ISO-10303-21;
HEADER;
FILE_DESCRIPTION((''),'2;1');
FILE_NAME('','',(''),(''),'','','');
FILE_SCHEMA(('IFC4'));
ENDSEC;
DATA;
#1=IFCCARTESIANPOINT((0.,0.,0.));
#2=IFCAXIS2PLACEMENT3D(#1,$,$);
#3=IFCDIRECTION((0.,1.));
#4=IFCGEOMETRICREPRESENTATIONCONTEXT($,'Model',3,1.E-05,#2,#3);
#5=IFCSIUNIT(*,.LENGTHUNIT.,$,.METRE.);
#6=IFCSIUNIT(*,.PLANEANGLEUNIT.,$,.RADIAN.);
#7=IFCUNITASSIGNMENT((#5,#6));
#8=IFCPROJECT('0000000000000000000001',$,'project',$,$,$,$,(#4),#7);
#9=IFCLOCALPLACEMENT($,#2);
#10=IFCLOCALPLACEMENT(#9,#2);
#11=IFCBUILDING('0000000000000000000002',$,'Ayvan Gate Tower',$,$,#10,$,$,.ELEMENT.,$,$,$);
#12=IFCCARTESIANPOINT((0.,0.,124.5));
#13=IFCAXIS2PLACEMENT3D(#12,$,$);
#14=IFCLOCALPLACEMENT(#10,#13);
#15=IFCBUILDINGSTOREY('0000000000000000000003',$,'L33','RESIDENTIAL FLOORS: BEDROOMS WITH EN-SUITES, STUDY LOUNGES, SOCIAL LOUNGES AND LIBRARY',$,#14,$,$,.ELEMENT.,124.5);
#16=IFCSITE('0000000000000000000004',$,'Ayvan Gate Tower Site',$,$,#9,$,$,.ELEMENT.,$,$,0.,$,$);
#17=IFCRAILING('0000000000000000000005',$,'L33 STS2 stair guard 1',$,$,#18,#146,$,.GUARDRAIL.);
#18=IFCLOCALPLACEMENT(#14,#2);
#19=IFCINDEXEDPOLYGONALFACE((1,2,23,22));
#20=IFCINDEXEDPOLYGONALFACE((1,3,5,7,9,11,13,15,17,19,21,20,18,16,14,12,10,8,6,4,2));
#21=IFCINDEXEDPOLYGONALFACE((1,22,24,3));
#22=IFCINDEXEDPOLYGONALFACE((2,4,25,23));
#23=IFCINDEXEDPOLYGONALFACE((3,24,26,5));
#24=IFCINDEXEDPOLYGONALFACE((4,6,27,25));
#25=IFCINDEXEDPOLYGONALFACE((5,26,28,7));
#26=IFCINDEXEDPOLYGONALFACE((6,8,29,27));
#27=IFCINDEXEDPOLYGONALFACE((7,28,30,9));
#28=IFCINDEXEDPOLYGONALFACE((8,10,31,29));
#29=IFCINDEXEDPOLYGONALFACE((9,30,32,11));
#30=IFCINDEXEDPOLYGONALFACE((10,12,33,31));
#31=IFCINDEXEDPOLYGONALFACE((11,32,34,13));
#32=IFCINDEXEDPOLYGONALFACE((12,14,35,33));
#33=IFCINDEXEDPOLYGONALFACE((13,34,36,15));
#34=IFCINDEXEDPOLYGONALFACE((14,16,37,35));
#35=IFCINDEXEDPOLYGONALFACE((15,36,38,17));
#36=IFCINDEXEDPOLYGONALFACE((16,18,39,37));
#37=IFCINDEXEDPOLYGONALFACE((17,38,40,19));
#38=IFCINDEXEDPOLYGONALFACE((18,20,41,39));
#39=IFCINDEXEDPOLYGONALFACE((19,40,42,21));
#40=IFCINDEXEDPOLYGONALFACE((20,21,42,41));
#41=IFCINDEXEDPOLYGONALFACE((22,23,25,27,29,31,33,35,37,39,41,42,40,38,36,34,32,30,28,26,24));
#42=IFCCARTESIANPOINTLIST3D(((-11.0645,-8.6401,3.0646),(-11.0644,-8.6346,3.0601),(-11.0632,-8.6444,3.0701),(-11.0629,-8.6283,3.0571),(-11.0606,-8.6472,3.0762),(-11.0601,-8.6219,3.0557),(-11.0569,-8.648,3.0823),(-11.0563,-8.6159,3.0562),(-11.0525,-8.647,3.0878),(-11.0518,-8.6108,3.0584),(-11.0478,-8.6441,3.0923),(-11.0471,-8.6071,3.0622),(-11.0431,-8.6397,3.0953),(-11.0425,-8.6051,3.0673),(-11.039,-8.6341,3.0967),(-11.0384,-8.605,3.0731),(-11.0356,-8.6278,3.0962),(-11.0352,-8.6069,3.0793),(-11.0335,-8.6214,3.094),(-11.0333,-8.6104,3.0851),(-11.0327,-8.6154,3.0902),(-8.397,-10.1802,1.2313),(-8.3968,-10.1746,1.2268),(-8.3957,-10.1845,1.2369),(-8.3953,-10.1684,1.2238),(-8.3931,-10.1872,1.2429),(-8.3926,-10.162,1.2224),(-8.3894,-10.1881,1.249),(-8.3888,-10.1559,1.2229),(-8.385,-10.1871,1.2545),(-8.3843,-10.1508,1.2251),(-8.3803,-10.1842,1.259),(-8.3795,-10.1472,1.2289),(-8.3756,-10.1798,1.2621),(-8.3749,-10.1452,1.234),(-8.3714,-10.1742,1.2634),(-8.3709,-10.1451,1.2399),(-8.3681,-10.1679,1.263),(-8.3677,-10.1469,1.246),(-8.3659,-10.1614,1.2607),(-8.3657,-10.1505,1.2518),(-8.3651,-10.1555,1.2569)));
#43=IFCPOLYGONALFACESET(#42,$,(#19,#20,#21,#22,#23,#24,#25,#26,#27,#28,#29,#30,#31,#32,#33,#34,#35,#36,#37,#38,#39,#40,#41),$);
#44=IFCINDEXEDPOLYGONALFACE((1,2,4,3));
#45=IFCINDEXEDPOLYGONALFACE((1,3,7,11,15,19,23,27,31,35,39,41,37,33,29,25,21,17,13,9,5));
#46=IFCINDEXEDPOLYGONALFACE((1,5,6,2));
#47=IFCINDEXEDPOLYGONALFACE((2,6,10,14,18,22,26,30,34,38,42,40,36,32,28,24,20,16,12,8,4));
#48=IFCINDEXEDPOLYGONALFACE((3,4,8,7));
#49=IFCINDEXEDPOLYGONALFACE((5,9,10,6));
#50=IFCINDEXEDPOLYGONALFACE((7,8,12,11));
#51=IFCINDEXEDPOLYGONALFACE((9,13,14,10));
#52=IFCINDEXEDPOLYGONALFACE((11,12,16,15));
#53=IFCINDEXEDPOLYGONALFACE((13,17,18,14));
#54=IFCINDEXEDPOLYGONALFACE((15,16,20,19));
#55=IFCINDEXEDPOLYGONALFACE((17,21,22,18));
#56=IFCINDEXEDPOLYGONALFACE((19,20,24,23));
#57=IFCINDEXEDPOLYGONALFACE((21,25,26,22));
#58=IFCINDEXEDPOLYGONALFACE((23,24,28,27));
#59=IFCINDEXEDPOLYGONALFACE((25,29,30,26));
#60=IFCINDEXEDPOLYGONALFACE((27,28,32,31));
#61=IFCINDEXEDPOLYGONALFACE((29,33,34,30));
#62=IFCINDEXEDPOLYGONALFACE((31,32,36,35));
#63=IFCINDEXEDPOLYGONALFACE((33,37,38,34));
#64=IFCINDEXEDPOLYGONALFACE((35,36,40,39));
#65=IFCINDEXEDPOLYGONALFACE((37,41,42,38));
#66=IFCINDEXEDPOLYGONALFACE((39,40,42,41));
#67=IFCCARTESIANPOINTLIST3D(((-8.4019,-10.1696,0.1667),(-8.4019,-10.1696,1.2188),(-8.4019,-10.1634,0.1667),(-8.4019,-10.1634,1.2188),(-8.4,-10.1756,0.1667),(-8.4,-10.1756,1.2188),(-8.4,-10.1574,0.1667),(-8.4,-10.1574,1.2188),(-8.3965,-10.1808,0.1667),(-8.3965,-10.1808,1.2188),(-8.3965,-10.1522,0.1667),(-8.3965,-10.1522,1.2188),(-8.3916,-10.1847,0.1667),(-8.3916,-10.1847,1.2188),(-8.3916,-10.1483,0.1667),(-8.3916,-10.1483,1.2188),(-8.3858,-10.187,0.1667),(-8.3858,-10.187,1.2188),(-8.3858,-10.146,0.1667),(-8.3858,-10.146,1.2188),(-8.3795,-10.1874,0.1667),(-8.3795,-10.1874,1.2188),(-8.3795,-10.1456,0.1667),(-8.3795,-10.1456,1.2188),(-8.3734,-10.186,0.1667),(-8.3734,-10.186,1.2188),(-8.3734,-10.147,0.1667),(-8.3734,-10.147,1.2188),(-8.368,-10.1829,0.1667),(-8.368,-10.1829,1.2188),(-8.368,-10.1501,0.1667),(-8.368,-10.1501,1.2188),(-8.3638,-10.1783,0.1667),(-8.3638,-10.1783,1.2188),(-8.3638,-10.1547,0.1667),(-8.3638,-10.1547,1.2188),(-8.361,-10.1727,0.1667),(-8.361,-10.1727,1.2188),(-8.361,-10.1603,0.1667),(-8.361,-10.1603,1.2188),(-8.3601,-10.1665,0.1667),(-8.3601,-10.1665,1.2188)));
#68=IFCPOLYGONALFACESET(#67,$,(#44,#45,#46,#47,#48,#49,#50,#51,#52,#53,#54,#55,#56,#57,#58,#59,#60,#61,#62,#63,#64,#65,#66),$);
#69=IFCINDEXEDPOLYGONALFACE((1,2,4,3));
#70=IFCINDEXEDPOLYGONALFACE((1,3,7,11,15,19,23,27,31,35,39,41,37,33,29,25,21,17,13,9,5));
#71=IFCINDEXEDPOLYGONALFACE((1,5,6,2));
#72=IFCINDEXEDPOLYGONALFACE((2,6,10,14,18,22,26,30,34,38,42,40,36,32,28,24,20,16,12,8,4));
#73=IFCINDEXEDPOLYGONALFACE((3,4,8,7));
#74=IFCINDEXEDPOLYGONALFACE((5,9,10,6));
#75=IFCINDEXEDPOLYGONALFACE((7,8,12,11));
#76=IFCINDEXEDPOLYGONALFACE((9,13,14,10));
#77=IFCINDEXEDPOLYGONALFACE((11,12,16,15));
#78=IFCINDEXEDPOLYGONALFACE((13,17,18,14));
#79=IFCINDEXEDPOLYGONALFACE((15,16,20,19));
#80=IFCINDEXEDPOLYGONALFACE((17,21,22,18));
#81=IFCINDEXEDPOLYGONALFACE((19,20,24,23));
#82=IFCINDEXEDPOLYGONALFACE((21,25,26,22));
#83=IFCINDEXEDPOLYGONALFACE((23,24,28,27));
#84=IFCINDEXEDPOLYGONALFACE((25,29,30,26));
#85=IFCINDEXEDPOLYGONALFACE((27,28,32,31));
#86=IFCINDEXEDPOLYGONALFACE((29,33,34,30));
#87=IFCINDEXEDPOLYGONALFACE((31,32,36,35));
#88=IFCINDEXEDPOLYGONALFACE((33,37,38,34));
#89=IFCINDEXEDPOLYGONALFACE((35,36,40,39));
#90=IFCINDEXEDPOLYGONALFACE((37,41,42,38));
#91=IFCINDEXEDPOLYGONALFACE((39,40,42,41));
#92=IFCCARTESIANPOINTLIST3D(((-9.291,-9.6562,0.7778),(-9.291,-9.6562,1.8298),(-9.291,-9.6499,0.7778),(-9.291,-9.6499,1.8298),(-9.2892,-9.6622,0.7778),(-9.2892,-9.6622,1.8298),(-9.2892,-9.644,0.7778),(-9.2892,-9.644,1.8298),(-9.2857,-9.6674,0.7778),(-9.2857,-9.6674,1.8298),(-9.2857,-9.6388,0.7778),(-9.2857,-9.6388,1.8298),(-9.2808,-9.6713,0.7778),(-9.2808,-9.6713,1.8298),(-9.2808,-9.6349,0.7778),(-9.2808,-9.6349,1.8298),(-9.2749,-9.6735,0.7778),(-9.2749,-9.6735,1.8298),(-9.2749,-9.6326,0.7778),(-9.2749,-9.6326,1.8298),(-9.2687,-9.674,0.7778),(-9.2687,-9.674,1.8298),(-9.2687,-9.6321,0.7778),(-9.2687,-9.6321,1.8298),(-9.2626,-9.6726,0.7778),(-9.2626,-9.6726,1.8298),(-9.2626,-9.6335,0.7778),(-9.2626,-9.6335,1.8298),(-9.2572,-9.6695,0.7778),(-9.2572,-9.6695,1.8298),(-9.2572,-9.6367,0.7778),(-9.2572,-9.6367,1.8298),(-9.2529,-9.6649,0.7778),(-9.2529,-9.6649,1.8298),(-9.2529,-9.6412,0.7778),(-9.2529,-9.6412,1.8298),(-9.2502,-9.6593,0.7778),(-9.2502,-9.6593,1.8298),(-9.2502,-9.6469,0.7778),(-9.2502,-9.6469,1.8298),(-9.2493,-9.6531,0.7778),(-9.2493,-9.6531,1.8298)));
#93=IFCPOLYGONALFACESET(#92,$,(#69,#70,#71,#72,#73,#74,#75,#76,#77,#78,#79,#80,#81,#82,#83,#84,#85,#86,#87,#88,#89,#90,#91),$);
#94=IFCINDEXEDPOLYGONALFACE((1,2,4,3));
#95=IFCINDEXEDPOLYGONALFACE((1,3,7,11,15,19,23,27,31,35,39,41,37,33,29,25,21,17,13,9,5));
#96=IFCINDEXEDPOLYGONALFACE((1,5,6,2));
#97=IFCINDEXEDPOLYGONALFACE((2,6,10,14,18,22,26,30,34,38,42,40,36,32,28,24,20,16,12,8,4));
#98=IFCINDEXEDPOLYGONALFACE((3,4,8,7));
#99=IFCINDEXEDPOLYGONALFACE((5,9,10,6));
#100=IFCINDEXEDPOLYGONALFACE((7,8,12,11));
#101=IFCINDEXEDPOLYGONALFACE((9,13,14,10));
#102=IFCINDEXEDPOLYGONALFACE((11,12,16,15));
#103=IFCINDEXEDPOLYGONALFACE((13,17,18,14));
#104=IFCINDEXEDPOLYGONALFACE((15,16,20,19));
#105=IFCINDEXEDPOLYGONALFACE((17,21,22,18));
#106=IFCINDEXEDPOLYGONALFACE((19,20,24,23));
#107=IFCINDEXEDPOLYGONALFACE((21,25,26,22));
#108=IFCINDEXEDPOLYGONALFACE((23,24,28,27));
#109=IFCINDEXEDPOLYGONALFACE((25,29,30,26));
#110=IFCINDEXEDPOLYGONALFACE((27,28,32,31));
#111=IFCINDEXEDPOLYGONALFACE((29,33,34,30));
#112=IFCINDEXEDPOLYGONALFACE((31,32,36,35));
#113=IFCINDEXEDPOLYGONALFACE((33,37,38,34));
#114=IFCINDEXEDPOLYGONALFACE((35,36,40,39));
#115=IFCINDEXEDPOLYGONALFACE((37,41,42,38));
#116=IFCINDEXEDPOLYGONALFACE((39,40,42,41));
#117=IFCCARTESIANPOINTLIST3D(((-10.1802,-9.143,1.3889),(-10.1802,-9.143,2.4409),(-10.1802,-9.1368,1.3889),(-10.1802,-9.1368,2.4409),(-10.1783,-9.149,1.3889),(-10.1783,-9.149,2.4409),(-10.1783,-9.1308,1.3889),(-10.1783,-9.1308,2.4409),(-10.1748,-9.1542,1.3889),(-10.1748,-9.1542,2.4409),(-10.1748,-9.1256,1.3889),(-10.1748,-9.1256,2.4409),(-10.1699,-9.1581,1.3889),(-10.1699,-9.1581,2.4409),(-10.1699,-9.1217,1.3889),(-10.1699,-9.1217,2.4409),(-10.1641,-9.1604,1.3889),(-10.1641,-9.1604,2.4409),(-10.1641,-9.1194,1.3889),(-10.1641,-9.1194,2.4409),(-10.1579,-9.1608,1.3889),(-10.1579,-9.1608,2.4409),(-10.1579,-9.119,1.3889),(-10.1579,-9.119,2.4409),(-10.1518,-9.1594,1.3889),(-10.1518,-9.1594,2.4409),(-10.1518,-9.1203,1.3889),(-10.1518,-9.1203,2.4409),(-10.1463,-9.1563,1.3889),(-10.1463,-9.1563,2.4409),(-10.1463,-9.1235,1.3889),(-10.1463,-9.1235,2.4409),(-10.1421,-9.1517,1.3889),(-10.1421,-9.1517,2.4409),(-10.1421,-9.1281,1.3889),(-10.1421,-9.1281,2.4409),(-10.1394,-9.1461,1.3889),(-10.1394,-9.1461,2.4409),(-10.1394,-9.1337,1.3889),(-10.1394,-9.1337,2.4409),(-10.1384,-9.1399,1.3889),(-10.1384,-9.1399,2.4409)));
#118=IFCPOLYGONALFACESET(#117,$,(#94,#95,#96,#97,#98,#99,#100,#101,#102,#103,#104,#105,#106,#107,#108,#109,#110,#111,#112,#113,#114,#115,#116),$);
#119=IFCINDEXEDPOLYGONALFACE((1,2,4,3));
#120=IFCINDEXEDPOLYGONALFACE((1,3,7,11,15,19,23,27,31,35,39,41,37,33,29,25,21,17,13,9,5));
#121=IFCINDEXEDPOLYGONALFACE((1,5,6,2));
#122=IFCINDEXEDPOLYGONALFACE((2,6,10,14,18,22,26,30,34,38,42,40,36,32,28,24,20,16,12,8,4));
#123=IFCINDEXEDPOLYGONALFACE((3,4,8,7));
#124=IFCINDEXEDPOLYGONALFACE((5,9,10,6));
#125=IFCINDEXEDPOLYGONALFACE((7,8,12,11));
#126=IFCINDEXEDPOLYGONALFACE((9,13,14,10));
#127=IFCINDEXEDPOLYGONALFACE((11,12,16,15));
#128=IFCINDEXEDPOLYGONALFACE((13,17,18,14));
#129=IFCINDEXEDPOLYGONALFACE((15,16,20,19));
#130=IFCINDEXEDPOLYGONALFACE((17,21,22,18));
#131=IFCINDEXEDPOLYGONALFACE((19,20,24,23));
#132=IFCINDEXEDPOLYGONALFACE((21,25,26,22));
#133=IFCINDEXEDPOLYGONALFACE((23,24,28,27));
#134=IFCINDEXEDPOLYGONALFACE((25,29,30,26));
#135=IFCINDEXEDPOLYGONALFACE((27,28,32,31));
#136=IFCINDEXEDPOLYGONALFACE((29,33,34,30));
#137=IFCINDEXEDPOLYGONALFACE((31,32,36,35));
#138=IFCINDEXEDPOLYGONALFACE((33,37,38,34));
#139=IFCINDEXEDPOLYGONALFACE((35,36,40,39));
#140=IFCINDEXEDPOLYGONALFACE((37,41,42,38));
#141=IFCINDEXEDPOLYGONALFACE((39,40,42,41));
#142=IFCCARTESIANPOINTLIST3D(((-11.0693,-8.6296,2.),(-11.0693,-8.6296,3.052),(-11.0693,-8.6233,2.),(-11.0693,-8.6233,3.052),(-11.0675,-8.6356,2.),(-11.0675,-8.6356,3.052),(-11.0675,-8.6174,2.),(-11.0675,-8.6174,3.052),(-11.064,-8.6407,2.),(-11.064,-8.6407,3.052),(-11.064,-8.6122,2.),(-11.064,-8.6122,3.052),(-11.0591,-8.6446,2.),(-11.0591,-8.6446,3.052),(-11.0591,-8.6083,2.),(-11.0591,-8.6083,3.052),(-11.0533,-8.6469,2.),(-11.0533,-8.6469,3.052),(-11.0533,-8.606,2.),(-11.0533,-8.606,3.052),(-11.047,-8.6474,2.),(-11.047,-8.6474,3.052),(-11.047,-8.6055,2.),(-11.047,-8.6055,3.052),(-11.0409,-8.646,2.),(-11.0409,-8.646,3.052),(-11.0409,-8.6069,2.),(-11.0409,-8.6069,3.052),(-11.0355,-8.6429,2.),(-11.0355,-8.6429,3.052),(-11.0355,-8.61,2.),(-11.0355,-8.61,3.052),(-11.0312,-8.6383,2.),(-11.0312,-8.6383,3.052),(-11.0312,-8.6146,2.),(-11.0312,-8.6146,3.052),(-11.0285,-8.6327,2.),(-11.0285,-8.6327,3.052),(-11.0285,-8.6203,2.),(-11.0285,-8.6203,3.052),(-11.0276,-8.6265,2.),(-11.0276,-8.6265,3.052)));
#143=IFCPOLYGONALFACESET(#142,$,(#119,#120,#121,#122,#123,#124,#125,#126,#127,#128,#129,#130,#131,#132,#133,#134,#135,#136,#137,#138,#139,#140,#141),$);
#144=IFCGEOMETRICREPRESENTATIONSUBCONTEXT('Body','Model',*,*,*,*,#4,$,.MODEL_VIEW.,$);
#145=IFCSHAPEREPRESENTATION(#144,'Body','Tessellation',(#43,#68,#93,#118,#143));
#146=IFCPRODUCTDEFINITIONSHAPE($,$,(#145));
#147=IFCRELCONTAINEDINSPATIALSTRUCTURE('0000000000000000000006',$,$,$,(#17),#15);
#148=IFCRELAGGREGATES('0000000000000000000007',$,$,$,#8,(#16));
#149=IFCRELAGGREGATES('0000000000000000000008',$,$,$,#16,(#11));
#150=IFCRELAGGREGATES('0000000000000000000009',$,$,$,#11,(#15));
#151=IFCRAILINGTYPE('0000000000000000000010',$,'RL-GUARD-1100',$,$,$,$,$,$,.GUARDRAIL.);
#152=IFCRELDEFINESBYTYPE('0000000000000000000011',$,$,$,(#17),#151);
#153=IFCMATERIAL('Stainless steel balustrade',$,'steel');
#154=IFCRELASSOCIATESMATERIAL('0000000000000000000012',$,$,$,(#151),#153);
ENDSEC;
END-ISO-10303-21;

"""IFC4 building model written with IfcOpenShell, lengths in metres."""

from ifc_helpers import new_model, si_unit, direction, frame, origin, origin_2d, place, context, subcontext, project, spatial, circle, extrude, material, type_object, element, save


model = new_model("IFC4")

# Units and contexts
model_context = context("Model", 3, precision=1e-05, world=origin(), true_north=direction((0.0, 1.0)))
body_context = subcontext(model_context, "Body", "Model", "MODEL_VIEW")
ifc_project = project(units=[si_unit("LENGTHUNIT", "METRE"), si_unit("PLANEANGLEUNIT", "RADIAN")], contexts=[model_context])

# Site, building, storey
site_placement = place(None, origin())
site = spatial("IfcSite", under=ifc_project, at=site_placement, Name="Ayvan Gate Tower Site", CompositionType="ELEMENT", RefElevation=0.0)
building_placement = place(site_placement, origin())
building = spatial("IfcBuilding", under=site, at=building_placement, Name="Ayvan Gate Tower", CompositionType="ELEMENT")
storey_placement = place(building_placement, frame((0.0, 0.0, 124.5)))
storey = spatial("IfcBuildingStorey", under=building, at=storey_placement, Name="L33", Description="RESIDENTIAL FLOORS: BEDROOMS WITH EN-SUITES, STUDY LOUNGES, SOCIAL LOUNGES AND LIBRARY", CompositionType="ELEMENT", Elevation=124.5)

# Railing
ifc_material_1 = material(Name="Stainless steel balustrade", Category="steel")
railing_type_1 = type_object("IfcRailingType", Name="RL-GUARD-1100", PredefinedType="GUARDRAIL", material=ifc_material_1)
railing_1_placement = place(storey_placement, frame((-8.3811, -10.1665, 0.1667)))
element("IfcRailing", 1, at=railing_1_placement, inside=storey, type_object=railing_type_1, Name="L33 STS2 stair guard 1", PredefinedType="GUARDRAIL", context=body_context, shape_type="SweptSolid", body=[
    extrude(circle(Radius=0.0239, at=origin_2d()), frame((0.0, 0.0, 1.0762), z_axis=(-0.74419, 0.429649, 0.511452), x_axis=(-0.499992, -0.86603, 0.0)), (0.0, 0.0, 1.0), 3.5845),
    extrude(circle(Radius=0.021, at=origin_2d()), origin(), (0.0, 0.0, 1.0), 1.052),
    extrude(circle(Radius=0.021, at=origin_2d()), frame((-0.8892, 0.5134, 0.6111)), (0.0, 0.0, 1.0), 1.052),
    extrude(circle(Radius=0.021, at=origin_2d()), frame((-1.7783, 1.0266, 1.2222)), (0.0, 0.0, 1.0), 1.052),
    extrude(circle(Radius=0.021, at=origin_2d()), frame((-2.6675, 1.54, 1.8333)), (0.0, 0.0, 1.0), 1.052),
])

save(model, "model.ifc")
